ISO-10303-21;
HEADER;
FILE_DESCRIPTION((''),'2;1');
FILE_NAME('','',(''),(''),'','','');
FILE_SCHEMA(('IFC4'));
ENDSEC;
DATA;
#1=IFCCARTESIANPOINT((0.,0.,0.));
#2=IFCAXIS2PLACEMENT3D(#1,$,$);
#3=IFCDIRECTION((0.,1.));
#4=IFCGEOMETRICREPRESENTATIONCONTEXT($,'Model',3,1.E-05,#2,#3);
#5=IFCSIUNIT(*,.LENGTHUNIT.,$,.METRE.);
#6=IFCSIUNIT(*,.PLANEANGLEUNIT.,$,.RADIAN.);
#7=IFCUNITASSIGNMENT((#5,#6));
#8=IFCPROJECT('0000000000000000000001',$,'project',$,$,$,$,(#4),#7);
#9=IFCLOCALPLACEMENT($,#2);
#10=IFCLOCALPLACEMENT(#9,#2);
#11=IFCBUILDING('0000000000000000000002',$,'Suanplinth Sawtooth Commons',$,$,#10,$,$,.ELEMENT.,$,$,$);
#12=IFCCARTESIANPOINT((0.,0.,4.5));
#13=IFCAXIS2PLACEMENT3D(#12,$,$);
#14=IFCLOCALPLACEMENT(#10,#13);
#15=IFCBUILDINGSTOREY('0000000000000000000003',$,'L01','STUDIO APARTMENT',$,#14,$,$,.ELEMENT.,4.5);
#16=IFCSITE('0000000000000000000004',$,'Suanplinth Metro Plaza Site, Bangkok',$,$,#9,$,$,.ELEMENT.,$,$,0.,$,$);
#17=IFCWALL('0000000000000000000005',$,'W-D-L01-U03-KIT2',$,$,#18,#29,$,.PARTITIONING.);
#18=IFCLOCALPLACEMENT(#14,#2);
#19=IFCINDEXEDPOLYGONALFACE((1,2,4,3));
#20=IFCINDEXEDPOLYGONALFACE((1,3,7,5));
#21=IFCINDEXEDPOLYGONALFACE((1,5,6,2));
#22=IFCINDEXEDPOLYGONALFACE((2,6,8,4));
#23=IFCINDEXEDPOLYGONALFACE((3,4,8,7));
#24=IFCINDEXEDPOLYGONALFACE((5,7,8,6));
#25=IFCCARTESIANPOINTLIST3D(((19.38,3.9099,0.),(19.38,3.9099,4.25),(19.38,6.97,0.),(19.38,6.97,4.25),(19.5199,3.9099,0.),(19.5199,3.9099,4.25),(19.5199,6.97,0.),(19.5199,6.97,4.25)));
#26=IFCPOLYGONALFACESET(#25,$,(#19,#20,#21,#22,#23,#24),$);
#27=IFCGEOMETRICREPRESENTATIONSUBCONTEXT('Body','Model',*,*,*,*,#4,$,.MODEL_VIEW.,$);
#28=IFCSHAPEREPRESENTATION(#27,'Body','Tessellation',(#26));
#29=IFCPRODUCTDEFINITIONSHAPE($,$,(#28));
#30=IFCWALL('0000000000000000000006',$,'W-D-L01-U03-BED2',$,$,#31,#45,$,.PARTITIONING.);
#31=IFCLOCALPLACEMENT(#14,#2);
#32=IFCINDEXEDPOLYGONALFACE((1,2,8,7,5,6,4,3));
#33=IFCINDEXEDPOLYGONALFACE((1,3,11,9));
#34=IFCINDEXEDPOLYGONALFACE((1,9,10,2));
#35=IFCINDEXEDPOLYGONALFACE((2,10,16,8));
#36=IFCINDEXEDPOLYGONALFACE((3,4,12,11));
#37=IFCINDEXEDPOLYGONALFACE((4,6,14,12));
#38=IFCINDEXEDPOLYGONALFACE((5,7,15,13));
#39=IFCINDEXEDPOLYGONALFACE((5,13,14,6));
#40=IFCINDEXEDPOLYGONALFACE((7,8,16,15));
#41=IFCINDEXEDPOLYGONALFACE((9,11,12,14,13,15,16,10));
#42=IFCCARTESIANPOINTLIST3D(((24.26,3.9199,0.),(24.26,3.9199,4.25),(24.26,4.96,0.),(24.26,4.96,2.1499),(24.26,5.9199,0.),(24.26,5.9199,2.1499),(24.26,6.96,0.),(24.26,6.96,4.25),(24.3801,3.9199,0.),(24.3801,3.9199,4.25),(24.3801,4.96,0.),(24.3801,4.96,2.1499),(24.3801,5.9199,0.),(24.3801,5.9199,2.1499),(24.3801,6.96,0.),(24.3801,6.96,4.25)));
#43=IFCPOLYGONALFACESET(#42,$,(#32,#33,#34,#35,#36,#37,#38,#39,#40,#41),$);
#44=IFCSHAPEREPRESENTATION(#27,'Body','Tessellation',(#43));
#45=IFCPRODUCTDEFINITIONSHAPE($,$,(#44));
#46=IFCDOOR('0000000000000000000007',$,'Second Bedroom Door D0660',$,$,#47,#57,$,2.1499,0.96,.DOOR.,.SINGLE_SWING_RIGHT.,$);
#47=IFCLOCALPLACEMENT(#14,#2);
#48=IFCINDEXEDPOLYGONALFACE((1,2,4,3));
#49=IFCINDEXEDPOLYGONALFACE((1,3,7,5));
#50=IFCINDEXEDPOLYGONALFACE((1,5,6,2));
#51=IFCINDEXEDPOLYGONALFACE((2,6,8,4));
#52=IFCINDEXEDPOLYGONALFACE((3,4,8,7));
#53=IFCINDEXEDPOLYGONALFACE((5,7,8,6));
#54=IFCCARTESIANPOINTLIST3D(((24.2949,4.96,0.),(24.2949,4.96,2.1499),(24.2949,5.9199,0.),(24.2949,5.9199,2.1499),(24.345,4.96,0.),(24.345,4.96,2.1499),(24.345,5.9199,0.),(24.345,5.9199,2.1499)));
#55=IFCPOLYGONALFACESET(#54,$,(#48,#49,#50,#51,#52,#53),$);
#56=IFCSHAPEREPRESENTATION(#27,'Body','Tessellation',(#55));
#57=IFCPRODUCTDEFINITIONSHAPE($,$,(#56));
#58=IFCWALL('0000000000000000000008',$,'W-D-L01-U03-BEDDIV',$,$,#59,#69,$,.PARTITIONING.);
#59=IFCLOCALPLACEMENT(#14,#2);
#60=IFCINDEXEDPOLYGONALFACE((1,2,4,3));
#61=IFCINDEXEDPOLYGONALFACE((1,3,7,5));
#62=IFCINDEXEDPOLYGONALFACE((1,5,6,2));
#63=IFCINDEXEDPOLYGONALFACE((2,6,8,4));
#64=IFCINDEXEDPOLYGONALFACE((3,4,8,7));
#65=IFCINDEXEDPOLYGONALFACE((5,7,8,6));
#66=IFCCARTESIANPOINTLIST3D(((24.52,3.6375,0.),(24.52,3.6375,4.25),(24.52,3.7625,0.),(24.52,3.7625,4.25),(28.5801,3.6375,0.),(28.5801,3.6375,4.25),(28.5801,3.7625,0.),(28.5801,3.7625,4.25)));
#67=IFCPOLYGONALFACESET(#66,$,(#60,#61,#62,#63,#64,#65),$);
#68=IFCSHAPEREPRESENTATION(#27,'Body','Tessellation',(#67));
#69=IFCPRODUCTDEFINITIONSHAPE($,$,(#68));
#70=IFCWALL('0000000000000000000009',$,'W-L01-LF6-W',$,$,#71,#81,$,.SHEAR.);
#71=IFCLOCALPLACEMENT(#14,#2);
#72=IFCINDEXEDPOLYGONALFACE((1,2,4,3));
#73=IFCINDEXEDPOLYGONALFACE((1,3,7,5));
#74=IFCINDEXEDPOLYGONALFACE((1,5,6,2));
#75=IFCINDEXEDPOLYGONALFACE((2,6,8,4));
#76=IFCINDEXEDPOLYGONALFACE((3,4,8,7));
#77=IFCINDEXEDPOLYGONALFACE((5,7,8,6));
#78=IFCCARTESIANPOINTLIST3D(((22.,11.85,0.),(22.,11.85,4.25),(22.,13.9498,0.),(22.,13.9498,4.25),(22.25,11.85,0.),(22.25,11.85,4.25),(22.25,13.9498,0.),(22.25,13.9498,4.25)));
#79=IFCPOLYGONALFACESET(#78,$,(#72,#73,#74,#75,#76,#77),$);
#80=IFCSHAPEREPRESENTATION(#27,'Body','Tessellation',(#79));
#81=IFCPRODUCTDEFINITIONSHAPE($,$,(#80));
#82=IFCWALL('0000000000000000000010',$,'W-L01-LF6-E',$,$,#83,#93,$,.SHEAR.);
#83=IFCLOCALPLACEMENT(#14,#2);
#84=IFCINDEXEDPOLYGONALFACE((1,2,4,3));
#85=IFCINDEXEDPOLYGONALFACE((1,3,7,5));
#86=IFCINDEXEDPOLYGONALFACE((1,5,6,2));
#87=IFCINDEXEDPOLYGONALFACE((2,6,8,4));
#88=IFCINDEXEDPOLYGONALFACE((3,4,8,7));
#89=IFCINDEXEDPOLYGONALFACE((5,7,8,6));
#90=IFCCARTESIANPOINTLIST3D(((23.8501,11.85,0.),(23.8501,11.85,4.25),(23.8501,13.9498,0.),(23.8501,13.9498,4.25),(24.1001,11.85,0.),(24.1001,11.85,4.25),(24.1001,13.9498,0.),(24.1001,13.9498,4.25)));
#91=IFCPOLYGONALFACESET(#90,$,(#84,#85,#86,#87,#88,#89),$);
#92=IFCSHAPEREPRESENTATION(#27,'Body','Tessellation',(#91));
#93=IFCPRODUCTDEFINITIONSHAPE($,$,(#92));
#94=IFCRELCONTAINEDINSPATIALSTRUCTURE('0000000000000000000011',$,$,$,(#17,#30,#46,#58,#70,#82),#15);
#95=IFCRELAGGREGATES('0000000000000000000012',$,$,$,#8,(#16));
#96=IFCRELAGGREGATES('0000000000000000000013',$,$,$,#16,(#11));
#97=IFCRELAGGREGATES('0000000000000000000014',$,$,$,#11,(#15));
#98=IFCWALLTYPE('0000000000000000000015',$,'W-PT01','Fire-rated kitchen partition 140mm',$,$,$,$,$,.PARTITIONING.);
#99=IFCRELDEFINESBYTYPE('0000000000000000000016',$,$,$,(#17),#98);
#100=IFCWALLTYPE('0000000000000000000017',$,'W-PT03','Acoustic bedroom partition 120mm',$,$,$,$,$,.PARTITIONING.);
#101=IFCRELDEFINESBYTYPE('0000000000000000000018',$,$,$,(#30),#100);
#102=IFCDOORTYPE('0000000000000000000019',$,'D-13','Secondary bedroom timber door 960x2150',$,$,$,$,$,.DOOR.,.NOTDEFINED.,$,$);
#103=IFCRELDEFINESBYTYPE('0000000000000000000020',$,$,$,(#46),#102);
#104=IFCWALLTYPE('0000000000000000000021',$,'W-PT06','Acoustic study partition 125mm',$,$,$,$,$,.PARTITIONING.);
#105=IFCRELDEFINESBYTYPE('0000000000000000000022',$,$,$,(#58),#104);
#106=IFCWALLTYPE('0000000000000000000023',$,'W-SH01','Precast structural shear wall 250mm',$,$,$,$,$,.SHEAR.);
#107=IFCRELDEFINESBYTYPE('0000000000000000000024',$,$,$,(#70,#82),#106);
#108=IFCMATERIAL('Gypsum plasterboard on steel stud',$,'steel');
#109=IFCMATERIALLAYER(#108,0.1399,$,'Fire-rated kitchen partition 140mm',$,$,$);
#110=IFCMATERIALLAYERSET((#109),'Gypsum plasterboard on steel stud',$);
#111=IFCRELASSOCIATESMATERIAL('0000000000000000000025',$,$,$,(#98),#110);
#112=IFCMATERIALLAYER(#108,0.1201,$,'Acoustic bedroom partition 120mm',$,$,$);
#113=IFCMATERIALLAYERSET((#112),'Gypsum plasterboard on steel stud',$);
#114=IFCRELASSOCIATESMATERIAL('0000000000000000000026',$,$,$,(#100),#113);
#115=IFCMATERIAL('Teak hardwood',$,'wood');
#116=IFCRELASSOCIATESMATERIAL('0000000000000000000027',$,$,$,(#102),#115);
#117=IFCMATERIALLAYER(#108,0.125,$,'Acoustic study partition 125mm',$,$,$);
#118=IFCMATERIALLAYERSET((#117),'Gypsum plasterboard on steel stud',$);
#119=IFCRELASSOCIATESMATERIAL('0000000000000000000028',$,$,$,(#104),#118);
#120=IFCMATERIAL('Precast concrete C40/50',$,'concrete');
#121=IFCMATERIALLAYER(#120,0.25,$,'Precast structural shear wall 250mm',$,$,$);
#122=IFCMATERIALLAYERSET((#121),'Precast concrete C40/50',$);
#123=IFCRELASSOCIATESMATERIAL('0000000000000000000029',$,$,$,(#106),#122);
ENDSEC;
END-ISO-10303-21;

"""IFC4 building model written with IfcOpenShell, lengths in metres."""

from ifc_helpers import new_model, si_unit, direction, frame, frame_2d, origin, place, context, subcontext, project, spatial, rectangle, extrude, material, layer, layer_set, type_object, element, fill, save


model = new_model("IFC4")

# Units and contexts
model_context = context("Model", 3, precision=1e-05, world=origin(), true_north=direction((0.0, 1.0)))
body_context = subcontext(model_context, "Body", "Model", "MODEL_VIEW")
ifc_project = project(units=[si_unit("LENGTHUNIT", "METRE"), si_unit("PLANEANGLEUNIT", "RADIAN")], contexts=[model_context])

# Site, building, storey
site_placement = place(None, origin())
site = spatial("IfcSite", under=ifc_project, at=site_placement, Name="Suanplinth Metro Plaza Site, Bangkok", CompositionType="ELEMENT", RefElevation=0.0)
building_placement = place(site_placement, origin())
building = spatial("IfcBuilding", under=site, at=building_placement, Name="Suanplinth Sawtooth Commons", CompositionType="ELEMENT")
storey_placement = place(building_placement, frame((0.0, 0.0, 4.5)))
storey = spatial("IfcBuildingStorey", under=building, at=storey_placement, Name="L01", Description="STUDIO APARTMENT", CompositionType="ELEMENT", Elevation=4.5)

# Shared definitions
ifc_material_1 = material(Name="Precast concrete C40/50", Category="concrete")

# Wall
ifc_material_2 = material(Name="Gypsum plasterboard on steel stud", Category="steel")
ifc_layer_1 = layer(ifc_material_2, 0.1399, Name="Fire-rated kitchen partition 140mm")
ifc_layer_set_1 = layer_set([ifc_layer_1], Name="Gypsum plasterboard on steel stud")
wall_type_1 = type_object("IfcWallType", Name="W-PT01", Description="Fire-rated kitchen partition 140mm", PredefinedType="PARTITIONING", material=ifc_layer_set_1)
wall_1_placement = place(storey_placement, frame((19.45, 3.9099, 0.0), z_axis=(0.0, 0.0, 1.0), x_axis=(0.0, 1.0, 0.0)))
element("IfcWall", 1, at=wall_1_placement, inside=storey, type_object=wall_type_1, Name="W-D-L01-U03-KIT2", PredefinedType="PARTITIONING", context=body_context, shape_type="SweptSolid", body=[
    extrude(rectangle(XDim=3.0601, YDim=0.1399, at=frame_2d((1.53, 0.0))), origin(), (0.0, 0.0, 1.0), 4.25),
])

# Wall, opening, door
ifc_layer_2 = layer(ifc_material_2, 0.1201, Name="Acoustic bedroom partition 120mm")
ifc_layer_set_2 = layer_set([ifc_layer_2], Name="Gypsum plasterboard on steel stud")
wall_type_2 = type_object("IfcWallType", Name="W-PT03", Description="Acoustic bedroom partition 120mm", PredefinedType="PARTITIONING", material=ifc_layer_set_2)
wall_2_placement = place(storey_placement, frame((24.3201, 3.9199, 0.0), z_axis=(0.0, 0.0, 1.0), x_axis=(0.0, 1.0, 0.0)))
wall_2 = element("IfcWall", 2, at=wall_2_placement, inside=storey, type_object=wall_type_2, Name="W-D-L01-U03-BED2", PredefinedType="PARTITIONING", context=body_context, shape_type="SweptSolid", body=[
    extrude(rectangle(XDim=3.04, YDim=0.1201, at=frame_2d((1.52, 0.0))), origin(), (0.0, 0.0, 1.0), 4.25),
])
opening_1_placement = place(wall_2_placement, frame((1.04, 0.0, 0.0)))
opening_1 = element("IfcOpeningElement", 3, at=opening_1_placement, cuts=wall_2, PredefinedType="OPENING", context=body_context, shape_type="SweptSolid", body=[
    extrude(rectangle(XDim=0.96, YDim=2.1499, at=frame_2d((0.48, 1.075))), frame((0.0, 0.075, 0.0), z_axis=(0.0, -1.0, 0.0), x_axis=(1.0, 0.0, 0.0)), (0.0, 0.0, 1.0), 0.1499),
])
ifc_material_3 = material(Name="Teak hardwood", Category="wood")
door_type_1 = type_object("IfcDoorType", Name="D-13", Description="Secondary bedroom timber door 960x2150", OperationType="NOTDEFINED", PredefinedType="DOOR", material=ifc_material_3)
door_1_placement = place(opening_1_placement, frame((0.96, 0.0, 0.0), z_axis=(0.0, 0.0, 1.0), x_axis=(-1.0, 0.0, 0.0)))
door_1 = element("IfcDoor", 4, at=door_1_placement, inside=storey, type_object=door_type_1, Name="Second Bedroom Door D0660", OperationType="SINGLE_SWING_RIGHT", OverallHeight=2.1499, OverallWidth=0.96, PredefinedType="DOOR", context=body_context, shape_type="SweptSolid", body=[
    extrude(rectangle(XDim=0.96, YDim=2.1499, at=frame_2d((0.48, 1.075))), frame((0.0, 0.0249, 0.0), z_axis=(0.0, -1.0, 0.0), x_axis=(1.0, 0.0, 0.0)), (0.0, 0.0, 1.0), 0.05),
])
fill(opening_1, door_1)

# Wall
ifc_layer_3 = layer(ifc_material_2, 0.125, Name="Acoustic study partition 125mm")
ifc_layer_set_3 = layer_set([ifc_layer_3], Name="Gypsum plasterboard on steel stud")
wall_type_3 = type_object("IfcWallType", Name="W-PT06", Description="Acoustic study partition 125mm", PredefinedType="PARTITIONING", material=ifc_layer_set_3)
wall_3_placement = place(storey_placement, frame((24.52, 3.7, 0.0), z_axis=(0.0, 0.0, 1.0), x_axis=(1.0, 0.0, 0.0)))
element("IfcWall", 5, at=wall_3_placement, inside=storey, type_object=wall_type_3, Name="W-D-L01-U03-BEDDIV", PredefinedType="PARTITIONING", context=body_context, shape_type="SweptSolid", body=[
    extrude(rectangle(XDim=4.0601, YDim=0.125, at=frame_2d((2.03, 0.0))), origin(), (0.0, 0.0, 1.0), 4.25),
])

# Shared definitions
ifc_layer_4 = layer(ifc_material_1, 0.25, Name="Precast structural shear wall 250mm")
ifc_layer_set_4 = layer_set([ifc_layer_4], Name="Precast concrete C40/50")
wall_type_4 = type_object("IfcWallType", Name="W-SH01", Description="Precast structural shear wall 250mm", PredefinedType="SHEAR", material=ifc_layer_set_4)

# Walls
for number, where, z_axis, x_axis, name in (
    (6, (22.125, 11.8501, 0.0), (0.0, 0.0, 1.0), (0.0, 1.0, 0.0), "W-L01-LF6-W"),
    (7, (23.9751, 11.8501, 0.0), (0.0, 0.0, 1.0), (0.0, 1.0, 0.0), "W-L01-LF6-E"),
):
    element("IfcWall", number, at=place(storey_placement, frame(where, z_axis=z_axis, x_axis=x_axis)), inside=storey, type_object=wall_type_4, Name=name, PredefinedType="SHEAR", context=body_context, shape_type="SweptSolid", body=[
        extrude(rectangle(XDim=2.0999, YDim=0.25, at=frame_2d((1.0498, 0.0))), origin(), (0.0, 0.0, 1.0), 4.25),
    ])

save(model, "model.ifc")
